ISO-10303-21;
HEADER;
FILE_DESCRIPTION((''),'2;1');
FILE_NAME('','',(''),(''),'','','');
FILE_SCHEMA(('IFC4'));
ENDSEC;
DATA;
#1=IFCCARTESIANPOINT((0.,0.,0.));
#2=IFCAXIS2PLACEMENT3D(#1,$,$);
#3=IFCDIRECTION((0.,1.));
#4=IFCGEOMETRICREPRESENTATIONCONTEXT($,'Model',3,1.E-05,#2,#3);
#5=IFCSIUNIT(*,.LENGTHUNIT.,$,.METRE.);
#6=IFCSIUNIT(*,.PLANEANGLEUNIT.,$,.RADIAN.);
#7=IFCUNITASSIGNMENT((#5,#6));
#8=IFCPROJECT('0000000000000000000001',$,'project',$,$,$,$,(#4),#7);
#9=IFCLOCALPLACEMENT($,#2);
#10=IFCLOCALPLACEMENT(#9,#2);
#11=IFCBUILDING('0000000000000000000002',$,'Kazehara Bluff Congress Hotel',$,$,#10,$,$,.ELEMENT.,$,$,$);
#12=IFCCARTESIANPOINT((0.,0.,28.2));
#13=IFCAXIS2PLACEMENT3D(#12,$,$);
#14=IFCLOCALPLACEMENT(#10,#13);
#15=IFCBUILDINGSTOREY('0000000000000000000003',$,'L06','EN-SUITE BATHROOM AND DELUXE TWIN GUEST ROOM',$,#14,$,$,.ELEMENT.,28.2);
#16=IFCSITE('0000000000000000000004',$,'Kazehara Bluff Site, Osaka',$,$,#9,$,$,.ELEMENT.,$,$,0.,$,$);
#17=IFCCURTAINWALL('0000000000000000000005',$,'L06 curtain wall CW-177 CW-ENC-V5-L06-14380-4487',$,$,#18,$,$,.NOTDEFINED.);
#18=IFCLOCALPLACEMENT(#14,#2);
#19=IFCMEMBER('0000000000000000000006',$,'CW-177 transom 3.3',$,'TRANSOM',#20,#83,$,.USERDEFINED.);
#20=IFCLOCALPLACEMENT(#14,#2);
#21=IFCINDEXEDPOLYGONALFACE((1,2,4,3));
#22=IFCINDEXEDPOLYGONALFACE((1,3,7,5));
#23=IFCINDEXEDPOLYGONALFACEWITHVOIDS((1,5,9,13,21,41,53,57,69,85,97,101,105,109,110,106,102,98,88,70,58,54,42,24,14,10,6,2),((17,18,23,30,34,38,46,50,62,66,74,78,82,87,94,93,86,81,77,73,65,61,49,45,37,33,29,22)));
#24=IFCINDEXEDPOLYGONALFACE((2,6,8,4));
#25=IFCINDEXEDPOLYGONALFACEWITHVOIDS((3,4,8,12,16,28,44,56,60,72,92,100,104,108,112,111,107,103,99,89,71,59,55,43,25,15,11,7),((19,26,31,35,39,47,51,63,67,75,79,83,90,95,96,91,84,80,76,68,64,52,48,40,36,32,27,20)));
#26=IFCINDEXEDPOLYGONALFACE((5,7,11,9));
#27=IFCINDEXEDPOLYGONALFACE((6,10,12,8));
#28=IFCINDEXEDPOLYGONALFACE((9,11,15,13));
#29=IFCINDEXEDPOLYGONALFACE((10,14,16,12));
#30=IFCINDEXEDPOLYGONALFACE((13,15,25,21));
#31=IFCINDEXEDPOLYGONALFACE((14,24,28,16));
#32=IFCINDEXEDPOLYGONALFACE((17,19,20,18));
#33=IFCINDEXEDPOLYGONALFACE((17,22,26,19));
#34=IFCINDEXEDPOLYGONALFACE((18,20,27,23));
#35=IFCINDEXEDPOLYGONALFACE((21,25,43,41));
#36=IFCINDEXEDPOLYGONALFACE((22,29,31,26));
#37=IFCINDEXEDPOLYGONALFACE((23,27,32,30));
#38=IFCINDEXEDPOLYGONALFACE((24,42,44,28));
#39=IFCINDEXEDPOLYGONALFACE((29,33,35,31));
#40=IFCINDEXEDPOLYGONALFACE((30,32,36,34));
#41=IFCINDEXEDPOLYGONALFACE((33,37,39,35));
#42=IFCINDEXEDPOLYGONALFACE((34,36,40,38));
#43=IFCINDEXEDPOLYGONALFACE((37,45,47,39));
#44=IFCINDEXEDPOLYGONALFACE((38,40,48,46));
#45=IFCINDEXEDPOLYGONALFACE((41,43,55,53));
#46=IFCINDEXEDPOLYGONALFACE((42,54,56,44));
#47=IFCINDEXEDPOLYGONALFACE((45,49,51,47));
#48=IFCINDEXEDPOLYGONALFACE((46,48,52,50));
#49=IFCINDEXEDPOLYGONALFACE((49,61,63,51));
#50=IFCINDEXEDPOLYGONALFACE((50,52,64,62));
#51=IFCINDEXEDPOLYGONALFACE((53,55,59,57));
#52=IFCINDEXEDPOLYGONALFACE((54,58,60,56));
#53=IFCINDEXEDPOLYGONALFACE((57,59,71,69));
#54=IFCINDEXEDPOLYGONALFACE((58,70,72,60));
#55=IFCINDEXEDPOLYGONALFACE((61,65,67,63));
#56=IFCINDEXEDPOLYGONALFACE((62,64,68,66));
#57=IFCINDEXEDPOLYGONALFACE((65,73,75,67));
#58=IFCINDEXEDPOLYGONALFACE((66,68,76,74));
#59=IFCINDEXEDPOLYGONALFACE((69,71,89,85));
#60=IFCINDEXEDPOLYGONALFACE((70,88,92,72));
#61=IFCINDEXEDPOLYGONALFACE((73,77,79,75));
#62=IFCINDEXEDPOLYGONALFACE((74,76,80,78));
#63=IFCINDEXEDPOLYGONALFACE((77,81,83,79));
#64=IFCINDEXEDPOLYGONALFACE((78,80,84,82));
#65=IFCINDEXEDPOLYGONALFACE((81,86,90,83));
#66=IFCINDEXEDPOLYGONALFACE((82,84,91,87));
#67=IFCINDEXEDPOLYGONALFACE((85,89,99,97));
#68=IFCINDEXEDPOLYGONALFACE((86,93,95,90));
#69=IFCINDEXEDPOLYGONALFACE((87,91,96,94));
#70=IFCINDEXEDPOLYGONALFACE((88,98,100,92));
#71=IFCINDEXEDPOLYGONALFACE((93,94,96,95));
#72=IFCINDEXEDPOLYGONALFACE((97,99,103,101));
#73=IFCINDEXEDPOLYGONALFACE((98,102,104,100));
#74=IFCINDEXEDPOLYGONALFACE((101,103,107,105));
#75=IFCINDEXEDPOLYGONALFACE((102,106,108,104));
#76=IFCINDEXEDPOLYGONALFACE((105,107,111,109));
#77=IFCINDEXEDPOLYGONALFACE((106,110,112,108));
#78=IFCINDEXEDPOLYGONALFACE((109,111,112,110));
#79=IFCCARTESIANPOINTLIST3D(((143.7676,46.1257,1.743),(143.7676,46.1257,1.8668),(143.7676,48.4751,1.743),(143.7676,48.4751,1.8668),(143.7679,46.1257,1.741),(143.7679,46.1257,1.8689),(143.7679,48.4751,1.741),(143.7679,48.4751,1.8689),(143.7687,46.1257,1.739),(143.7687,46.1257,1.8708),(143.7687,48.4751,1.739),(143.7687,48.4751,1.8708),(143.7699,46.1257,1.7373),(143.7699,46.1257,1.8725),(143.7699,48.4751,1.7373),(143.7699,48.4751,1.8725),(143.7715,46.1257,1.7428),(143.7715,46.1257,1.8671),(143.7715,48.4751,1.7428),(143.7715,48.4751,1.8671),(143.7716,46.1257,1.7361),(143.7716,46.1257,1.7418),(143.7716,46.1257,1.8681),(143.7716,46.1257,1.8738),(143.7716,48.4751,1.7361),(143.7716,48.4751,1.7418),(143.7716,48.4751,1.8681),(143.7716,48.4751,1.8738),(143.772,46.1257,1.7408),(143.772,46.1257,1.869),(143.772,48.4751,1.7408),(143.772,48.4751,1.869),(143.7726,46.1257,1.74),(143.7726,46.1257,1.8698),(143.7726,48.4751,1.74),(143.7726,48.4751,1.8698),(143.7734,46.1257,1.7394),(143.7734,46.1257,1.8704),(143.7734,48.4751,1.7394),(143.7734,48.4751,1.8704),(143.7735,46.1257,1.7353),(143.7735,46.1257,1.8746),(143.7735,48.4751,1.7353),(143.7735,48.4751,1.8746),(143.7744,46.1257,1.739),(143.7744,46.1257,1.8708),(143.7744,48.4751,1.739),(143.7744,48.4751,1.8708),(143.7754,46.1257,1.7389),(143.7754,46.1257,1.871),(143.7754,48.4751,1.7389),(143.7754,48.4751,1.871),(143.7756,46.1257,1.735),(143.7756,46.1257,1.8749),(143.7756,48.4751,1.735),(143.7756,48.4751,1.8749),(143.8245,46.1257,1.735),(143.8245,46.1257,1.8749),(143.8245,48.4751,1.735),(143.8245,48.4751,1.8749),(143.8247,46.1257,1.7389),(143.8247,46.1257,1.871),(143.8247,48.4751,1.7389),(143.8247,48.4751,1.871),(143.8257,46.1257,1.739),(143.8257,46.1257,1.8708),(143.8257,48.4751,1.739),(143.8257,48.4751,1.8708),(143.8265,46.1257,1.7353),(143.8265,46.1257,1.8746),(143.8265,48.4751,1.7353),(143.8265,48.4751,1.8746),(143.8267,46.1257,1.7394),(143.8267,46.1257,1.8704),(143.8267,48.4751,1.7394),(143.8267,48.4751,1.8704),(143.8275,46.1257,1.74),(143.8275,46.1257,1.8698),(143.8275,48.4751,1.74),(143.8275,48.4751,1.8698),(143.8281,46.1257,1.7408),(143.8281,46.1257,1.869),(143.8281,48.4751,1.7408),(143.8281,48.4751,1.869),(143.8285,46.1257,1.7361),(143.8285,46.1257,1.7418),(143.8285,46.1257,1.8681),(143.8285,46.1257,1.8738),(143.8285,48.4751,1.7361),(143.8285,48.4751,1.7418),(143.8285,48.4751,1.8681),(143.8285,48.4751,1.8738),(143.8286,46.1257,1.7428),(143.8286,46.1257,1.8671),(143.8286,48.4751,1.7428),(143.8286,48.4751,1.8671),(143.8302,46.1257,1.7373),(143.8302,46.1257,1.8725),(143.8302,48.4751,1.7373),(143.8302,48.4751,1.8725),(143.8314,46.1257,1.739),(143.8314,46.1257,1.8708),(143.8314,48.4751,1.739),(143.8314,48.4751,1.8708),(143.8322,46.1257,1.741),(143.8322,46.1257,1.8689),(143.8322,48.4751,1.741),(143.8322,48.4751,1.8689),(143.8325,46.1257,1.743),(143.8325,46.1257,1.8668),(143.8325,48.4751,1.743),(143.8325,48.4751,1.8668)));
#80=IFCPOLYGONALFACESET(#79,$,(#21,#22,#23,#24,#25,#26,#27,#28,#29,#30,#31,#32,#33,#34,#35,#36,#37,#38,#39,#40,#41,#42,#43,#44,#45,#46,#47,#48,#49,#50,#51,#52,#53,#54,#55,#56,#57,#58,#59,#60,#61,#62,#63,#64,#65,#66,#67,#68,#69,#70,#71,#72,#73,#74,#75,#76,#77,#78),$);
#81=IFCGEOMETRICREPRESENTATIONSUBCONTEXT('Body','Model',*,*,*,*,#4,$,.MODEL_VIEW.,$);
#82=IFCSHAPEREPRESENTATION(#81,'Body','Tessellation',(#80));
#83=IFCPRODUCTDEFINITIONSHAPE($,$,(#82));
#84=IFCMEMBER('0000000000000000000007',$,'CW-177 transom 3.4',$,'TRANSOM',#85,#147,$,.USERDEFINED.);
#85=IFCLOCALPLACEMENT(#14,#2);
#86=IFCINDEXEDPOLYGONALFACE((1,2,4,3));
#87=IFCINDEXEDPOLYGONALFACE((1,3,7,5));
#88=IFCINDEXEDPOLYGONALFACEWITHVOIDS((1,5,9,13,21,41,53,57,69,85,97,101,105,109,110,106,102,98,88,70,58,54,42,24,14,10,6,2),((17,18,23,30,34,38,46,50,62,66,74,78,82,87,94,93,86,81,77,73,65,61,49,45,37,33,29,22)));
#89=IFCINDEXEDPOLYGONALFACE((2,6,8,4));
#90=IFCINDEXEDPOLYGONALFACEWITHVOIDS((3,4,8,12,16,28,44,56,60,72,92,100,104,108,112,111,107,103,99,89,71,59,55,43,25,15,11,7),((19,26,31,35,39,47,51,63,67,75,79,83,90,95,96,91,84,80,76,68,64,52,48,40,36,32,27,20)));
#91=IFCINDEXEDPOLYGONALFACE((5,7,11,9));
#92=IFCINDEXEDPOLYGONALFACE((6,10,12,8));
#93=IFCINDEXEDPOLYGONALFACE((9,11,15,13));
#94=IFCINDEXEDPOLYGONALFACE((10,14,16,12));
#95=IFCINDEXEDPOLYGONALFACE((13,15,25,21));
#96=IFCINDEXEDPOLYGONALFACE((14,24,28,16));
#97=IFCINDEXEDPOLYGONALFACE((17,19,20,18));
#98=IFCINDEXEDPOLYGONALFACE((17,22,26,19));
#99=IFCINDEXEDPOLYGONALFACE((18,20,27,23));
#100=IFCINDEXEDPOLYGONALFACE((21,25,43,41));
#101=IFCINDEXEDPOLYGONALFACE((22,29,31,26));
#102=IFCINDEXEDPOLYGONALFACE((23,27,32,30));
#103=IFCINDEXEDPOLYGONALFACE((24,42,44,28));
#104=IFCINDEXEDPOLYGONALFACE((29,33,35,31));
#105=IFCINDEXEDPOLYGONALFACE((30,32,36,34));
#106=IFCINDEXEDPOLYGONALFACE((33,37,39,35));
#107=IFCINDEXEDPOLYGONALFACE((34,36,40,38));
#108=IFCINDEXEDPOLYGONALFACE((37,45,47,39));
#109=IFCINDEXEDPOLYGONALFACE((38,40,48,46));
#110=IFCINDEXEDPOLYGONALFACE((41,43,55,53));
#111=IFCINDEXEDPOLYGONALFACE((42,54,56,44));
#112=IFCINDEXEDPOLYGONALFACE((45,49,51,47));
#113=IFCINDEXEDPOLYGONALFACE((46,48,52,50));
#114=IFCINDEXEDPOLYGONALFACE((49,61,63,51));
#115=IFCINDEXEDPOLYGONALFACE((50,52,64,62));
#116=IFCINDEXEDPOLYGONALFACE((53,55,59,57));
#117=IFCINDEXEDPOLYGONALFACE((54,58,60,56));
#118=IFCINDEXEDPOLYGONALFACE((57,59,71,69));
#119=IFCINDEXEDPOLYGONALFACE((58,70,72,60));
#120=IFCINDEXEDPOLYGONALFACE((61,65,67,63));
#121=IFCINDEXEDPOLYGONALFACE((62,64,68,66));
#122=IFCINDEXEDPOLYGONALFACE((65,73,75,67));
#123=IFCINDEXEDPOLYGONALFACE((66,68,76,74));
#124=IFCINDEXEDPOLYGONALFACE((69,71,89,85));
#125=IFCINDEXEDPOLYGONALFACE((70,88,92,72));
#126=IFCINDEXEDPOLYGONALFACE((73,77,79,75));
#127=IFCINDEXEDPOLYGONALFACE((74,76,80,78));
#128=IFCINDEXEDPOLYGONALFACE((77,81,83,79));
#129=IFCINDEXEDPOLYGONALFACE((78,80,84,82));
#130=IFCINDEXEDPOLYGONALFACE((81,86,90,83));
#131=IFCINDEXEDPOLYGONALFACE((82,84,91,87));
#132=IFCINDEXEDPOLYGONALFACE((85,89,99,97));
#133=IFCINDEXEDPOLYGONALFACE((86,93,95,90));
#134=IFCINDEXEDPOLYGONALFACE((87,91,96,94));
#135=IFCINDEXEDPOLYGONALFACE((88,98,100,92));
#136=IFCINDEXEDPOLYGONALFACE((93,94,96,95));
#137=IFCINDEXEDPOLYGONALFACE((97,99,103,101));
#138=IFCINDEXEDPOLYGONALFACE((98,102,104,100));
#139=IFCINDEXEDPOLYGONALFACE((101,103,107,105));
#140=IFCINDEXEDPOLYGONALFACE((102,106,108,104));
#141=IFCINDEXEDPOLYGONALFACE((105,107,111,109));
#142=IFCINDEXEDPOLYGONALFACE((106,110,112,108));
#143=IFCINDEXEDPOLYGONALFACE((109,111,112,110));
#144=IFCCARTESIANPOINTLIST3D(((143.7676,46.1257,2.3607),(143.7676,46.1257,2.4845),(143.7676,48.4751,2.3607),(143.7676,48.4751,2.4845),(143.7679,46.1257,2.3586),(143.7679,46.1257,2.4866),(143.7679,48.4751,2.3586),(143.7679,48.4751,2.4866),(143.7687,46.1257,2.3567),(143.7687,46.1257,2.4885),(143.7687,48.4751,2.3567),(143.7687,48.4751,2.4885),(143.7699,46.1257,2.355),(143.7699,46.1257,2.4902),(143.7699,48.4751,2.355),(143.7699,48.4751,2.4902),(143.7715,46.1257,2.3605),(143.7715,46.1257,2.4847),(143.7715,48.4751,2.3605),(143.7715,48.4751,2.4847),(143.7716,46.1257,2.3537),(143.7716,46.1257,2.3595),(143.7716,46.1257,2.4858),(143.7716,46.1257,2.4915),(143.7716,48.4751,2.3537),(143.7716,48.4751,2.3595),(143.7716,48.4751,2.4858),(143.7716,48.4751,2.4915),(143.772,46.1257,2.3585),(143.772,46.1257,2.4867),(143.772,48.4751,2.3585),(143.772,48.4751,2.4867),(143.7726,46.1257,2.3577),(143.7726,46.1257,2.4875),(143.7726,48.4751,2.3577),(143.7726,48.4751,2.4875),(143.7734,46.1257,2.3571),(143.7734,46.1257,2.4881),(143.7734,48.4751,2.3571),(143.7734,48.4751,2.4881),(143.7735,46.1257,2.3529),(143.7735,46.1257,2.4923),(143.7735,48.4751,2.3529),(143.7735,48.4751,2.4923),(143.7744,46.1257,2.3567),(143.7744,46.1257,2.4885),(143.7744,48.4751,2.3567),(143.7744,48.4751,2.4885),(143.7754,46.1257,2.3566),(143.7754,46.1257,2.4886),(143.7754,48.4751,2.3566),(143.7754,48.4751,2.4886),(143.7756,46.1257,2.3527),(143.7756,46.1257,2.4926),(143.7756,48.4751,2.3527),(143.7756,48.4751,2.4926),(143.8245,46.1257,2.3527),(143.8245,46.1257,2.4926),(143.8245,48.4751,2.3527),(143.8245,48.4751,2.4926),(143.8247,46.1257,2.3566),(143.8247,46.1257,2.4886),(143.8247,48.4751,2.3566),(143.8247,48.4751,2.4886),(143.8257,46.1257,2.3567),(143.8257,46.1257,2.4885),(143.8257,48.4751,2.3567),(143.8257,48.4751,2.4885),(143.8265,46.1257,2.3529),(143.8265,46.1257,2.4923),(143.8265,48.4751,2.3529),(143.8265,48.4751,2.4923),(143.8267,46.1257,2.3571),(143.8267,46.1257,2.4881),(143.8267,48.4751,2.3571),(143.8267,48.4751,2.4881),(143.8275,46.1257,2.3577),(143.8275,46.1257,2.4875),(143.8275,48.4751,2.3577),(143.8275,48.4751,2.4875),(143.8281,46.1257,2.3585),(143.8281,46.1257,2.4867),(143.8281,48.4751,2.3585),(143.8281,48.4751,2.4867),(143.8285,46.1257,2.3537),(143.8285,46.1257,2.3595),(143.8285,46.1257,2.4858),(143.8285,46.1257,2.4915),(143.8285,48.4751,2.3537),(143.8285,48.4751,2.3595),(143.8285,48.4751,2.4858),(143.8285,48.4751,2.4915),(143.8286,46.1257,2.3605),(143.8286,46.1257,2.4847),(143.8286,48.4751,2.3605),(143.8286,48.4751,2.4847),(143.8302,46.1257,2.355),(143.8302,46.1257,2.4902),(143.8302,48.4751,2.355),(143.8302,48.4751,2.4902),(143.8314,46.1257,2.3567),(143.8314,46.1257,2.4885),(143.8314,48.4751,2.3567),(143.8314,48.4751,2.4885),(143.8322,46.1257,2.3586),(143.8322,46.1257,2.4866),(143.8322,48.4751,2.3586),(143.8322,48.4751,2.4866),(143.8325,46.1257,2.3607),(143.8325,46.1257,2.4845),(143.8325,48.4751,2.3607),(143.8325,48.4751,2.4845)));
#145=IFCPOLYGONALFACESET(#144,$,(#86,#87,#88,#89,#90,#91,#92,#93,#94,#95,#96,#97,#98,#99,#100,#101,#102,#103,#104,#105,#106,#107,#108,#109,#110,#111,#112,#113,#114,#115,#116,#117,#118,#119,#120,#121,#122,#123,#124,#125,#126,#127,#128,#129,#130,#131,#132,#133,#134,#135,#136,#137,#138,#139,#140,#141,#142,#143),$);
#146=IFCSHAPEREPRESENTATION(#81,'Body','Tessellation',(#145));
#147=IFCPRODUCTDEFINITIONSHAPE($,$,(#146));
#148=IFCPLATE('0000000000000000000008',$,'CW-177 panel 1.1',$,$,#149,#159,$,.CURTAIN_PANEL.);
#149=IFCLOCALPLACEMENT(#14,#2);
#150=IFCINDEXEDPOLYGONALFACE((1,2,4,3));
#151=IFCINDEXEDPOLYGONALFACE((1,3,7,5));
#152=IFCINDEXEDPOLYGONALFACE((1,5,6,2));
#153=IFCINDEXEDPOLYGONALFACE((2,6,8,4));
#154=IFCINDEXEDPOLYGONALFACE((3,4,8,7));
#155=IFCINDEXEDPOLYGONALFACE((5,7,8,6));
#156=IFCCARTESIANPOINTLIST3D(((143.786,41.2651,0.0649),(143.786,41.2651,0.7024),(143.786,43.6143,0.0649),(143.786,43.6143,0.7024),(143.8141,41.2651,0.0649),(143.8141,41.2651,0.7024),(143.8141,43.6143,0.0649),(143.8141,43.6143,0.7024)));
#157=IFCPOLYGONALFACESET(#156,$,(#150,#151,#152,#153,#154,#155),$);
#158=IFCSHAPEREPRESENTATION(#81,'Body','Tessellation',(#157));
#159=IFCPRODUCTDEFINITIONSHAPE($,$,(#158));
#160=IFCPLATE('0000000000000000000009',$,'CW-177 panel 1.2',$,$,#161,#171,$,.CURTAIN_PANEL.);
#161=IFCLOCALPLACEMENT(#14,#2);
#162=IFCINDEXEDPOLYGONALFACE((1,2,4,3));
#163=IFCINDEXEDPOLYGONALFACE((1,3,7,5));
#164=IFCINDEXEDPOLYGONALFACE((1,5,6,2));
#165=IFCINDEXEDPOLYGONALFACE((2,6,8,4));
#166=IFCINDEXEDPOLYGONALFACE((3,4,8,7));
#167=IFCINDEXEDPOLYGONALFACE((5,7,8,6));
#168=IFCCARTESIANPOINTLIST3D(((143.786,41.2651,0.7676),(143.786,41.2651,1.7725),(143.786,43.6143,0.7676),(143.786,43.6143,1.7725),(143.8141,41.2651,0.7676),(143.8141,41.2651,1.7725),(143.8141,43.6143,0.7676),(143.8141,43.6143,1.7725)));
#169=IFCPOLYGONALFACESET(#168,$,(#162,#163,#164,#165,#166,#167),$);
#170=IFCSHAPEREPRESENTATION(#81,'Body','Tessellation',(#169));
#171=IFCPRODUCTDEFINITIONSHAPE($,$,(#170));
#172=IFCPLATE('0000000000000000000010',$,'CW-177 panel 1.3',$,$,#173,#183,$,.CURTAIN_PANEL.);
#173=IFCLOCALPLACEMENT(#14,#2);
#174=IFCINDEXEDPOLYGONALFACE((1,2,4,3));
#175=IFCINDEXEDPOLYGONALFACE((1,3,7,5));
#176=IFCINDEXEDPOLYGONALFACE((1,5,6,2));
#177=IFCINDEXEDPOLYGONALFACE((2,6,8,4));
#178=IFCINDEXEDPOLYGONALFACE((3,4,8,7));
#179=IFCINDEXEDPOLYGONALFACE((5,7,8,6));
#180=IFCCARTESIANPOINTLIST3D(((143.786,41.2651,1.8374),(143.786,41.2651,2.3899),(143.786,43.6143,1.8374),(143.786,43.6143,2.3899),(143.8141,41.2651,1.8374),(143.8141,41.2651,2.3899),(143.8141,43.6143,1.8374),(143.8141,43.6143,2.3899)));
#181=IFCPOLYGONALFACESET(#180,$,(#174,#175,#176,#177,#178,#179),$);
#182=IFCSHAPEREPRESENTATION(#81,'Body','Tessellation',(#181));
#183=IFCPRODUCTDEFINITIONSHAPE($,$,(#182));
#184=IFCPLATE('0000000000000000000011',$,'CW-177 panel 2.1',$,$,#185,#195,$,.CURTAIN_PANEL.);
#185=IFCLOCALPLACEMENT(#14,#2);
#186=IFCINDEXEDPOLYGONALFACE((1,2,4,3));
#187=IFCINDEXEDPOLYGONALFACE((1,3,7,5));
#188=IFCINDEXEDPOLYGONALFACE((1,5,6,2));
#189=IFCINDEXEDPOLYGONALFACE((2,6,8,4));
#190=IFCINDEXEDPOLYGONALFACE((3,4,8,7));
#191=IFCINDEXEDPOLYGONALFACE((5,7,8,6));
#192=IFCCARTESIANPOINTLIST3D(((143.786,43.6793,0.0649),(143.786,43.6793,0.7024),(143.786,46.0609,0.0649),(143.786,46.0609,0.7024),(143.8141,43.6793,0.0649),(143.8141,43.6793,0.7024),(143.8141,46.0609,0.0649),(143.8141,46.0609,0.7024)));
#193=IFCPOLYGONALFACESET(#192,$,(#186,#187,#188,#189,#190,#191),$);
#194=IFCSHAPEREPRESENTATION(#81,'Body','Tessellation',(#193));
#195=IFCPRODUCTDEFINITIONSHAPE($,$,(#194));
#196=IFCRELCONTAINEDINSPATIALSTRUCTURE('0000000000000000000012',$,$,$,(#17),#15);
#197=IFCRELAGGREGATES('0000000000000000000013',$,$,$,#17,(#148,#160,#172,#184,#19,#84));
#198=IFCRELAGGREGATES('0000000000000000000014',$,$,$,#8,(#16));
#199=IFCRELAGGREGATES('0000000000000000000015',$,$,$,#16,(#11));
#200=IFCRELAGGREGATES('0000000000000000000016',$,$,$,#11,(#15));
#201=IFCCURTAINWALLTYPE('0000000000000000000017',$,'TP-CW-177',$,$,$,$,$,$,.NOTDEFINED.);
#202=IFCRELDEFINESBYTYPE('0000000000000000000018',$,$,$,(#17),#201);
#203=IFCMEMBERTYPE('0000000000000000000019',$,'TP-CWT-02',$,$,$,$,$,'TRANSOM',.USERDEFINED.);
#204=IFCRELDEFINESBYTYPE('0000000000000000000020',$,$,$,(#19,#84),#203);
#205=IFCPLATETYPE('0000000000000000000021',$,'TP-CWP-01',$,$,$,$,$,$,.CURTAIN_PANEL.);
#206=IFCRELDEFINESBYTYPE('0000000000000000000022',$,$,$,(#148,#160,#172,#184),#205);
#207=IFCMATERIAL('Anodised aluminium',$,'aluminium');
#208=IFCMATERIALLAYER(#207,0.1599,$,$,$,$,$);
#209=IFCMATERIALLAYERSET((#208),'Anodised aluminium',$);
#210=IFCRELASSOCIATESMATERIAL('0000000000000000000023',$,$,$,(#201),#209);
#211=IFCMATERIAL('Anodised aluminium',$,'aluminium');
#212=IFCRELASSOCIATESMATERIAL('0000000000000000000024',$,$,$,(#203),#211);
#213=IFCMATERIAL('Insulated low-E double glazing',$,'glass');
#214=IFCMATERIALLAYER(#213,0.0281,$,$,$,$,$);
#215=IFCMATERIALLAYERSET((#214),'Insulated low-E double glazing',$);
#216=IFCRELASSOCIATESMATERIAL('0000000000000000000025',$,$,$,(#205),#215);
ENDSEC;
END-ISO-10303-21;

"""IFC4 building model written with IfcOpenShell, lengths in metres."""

from ifc_helpers import new_model, si_unit, direction, frame, origin, origin_2d, place, context, subcontext, project, spatial, rectangle, hollow_rectangle, extrude, material, layer, layer_set, material_profile, profile_set, type_object, element, aggregate, save


model = new_model("IFC4")

# Units and contexts
model_context = context("Model", 3, precision=1e-05, world=origin(), true_north=direction((0.0, 1.0)))
body_context = subcontext(model_context, "Body", "Model", "MODEL_VIEW")
ifc_project = project(units=[si_unit("LENGTHUNIT", "METRE"), si_unit("PLANEANGLEUNIT", "RADIAN")], contexts=[model_context])

# Site, building, storey
site_placement = place(None, origin())
site = spatial("IfcSite", under=ifc_project, at=site_placement, Name="Kazehara Bluff Site, Osaka", CompositionType="ELEMENT", RefElevation=0.0)
building_placement = place(site_placement, origin())
building = spatial("IfcBuilding", under=site, at=building_placement, Name="Kazehara Bluff Congress Hotel", CompositionType="ELEMENT")
storey_placement = place(building_placement, frame((0.0, 0.0, 28.2)))
storey = spatial("IfcBuildingStorey", under=building, at=storey_placement, Name="L06", Description="EN-SUITE BATHROOM AND DELUXE TWIN GUEST ROOM", CompositionType="ELEMENT", Elevation=28.2)

# Curtain wall, members, plates
ifc_material_1 = material(Name="Anodised aluminium", Category="aluminium")
ifc_layer_1 = layer(ifc_material_1, 0.1599)
ifc_layer_set_1 = layer_set([ifc_layer_1], Name="Anodised aluminium")
curtain_wall_type = type_object("IfcCurtainWallType", Name="TP-CW-177", PredefinedType="NOTDEFINED", material=ifc_layer_set_1)
curtain_wall_placement = place(storey_placement, origin())
curtain_wall = element("IfcCurtainWall", 1, at=curtain_wall_placement, inside=storey, type_object=curtain_wall_type, Name="L06 curtain wall CW-177 CW-ENC-V5-L06-14380-4487", PredefinedType="NOTDEFINED")
ifc_material_2 = material(Name="Anodised aluminium", Category="aluminium")
ifc_material_profile_1 = material_profile(ifc_material_2, hollow_rectangle(XDim=0.0649, YDim=0.1399, WallThickness=0.0039, InnerFilletRadius=0.0039, OuterFilletRadius=0.0081, at=origin_2d()))
ifc_profile_set_1 = profile_set([ifc_material_profile_1], Name="Anodised aluminium")
member_type_1 = type_object("IfcMemberType", Name="TP-CWT-02", ElementType="TRANSOM", PredefinedType="USERDEFINED", material=ifc_profile_set_1)
member_1_placement = place(storey_placement, frame((143.8, 46.1257, 1.8049), z_axis=(0.0, 1.0, 0.0), x_axis=(-1.0, 0.0, 0.0)))
member_1 = element("IfcMember", 2, at=member_1_placement, type_object=member_type_1, Name="CW-177 transom 3.3", ObjectType="TRANSOM", PredefinedType="USERDEFINED", context=body_context, shape_type="SweptSolid", body=[
    extrude(hollow_rectangle(XDim=0.0649, YDim=0.1399, WallThickness=0.0039, InnerFilletRadius=0.0039, OuterFilletRadius=0.0081, at=origin_2d()), origin(), (0.0, 0.0, 1.0), 2.3494),
])
member_2_placement = place(storey_placement, frame((143.8, 46.1257, 2.4226), z_axis=(0.0, 1.0, 0.0), x_axis=(-1.0, 0.0, 0.0)))
member_2 = element("IfcMember", 3, at=member_2_placement, type_object=member_type_1, Name="CW-177 transom 3.4", ObjectType="TRANSOM", PredefinedType="USERDEFINED", context=body_context, shape_type="SweptSolid", body=[
    extrude(hollow_rectangle(XDim=0.0649, YDim=0.1399, WallThickness=0.0039, InnerFilletRadius=0.0039, OuterFilletRadius=0.0081, at=origin_2d()), origin(), (0.0, 0.0, 1.0), 2.3494),
])
ifc_material_3 = material(Name="Insulated low-E double glazing", Category="glass")
ifc_layer_2 = layer(ifc_material_3, 0.0281)
ifc_layer_set_2 = layer_set([ifc_layer_2], Name="Insulated low-E double glazing")
plate_type = type_object("IfcPlateType", Name="TP-CWP-01", PredefinedType="CURTAIN_PANEL", material=ifc_layer_set_2)
plate_1_placement = place(storey_placement, frame((143.8, 42.4397, 0.0649), z_axis=(0.0, 0.0, 1.0), x_axis=(0.0, 1.0, 0.0)))
plate_1 = element("IfcPlate", 4, at=plate_1_placement, type_object=plate_type, Name="CW-177 panel 1.1", PredefinedType="CURTAIN_PANEL", context=body_context, shape_type="SweptSolid", body=[
    extrude(rectangle(XDim=2.3491, YDim=0.0281, at=origin_2d()), origin(), (0.0, 0.0, 1.0), 0.6375),
])
plate_2_placement = place(storey_placement, frame((143.8, 42.4397, 0.7676), z_axis=(0.0, 0.0, 1.0), x_axis=(0.0, 1.0, 0.0)))
plate_2 = element("IfcPlate", 5, at=plate_2_placement, type_object=plate_type, Name="CW-177 panel 1.2", PredefinedType="CURTAIN_PANEL", context=body_context, shape_type="SweptSolid", body=[
    extrude(rectangle(XDim=2.3491, YDim=0.0281, at=origin_2d()), origin(), (0.0, 0.0, 1.0), 1.0049),
])
plate_3_placement = place(storey_placement, frame((143.8, 42.4397, 1.8374), z_axis=(0.0, 0.0, 1.0), x_axis=(0.0, 1.0, 0.0)))
plate_3 = element("IfcPlate", 6, at=plate_3_placement, type_object=plate_type, Name="CW-177 panel 1.3", PredefinedType="CURTAIN_PANEL", context=body_context, shape_type="SweptSolid", body=[
    extrude(rectangle(XDim=2.3491, YDim=0.0281, at=origin_2d()), origin(), (0.0, 0.0, 1.0), 0.5525),
])
plate_4_placement = place(storey_placement, frame((143.8, 44.8701, 0.0649), z_axis=(0.0, 0.0, 1.0), x_axis=(0.0, 1.0, 0.0)))
plate_4 = element("IfcPlate", 7, at=plate_4_placement, type_object=plate_type, Name="CW-177 panel 2.1", PredefinedType="CURTAIN_PANEL", context=body_context, shape_type="SweptSolid", body=[
    extrude(rectangle(XDim=2.3816, YDim=0.0281, at=origin_2d()), origin(), (0.0, 0.0, 1.0), 0.6375),
])
aggregate(curtain_wall, [plate_1, plate_2, plate_3, plate_4, member_1, member_2])

save(model, "model.ifc")
